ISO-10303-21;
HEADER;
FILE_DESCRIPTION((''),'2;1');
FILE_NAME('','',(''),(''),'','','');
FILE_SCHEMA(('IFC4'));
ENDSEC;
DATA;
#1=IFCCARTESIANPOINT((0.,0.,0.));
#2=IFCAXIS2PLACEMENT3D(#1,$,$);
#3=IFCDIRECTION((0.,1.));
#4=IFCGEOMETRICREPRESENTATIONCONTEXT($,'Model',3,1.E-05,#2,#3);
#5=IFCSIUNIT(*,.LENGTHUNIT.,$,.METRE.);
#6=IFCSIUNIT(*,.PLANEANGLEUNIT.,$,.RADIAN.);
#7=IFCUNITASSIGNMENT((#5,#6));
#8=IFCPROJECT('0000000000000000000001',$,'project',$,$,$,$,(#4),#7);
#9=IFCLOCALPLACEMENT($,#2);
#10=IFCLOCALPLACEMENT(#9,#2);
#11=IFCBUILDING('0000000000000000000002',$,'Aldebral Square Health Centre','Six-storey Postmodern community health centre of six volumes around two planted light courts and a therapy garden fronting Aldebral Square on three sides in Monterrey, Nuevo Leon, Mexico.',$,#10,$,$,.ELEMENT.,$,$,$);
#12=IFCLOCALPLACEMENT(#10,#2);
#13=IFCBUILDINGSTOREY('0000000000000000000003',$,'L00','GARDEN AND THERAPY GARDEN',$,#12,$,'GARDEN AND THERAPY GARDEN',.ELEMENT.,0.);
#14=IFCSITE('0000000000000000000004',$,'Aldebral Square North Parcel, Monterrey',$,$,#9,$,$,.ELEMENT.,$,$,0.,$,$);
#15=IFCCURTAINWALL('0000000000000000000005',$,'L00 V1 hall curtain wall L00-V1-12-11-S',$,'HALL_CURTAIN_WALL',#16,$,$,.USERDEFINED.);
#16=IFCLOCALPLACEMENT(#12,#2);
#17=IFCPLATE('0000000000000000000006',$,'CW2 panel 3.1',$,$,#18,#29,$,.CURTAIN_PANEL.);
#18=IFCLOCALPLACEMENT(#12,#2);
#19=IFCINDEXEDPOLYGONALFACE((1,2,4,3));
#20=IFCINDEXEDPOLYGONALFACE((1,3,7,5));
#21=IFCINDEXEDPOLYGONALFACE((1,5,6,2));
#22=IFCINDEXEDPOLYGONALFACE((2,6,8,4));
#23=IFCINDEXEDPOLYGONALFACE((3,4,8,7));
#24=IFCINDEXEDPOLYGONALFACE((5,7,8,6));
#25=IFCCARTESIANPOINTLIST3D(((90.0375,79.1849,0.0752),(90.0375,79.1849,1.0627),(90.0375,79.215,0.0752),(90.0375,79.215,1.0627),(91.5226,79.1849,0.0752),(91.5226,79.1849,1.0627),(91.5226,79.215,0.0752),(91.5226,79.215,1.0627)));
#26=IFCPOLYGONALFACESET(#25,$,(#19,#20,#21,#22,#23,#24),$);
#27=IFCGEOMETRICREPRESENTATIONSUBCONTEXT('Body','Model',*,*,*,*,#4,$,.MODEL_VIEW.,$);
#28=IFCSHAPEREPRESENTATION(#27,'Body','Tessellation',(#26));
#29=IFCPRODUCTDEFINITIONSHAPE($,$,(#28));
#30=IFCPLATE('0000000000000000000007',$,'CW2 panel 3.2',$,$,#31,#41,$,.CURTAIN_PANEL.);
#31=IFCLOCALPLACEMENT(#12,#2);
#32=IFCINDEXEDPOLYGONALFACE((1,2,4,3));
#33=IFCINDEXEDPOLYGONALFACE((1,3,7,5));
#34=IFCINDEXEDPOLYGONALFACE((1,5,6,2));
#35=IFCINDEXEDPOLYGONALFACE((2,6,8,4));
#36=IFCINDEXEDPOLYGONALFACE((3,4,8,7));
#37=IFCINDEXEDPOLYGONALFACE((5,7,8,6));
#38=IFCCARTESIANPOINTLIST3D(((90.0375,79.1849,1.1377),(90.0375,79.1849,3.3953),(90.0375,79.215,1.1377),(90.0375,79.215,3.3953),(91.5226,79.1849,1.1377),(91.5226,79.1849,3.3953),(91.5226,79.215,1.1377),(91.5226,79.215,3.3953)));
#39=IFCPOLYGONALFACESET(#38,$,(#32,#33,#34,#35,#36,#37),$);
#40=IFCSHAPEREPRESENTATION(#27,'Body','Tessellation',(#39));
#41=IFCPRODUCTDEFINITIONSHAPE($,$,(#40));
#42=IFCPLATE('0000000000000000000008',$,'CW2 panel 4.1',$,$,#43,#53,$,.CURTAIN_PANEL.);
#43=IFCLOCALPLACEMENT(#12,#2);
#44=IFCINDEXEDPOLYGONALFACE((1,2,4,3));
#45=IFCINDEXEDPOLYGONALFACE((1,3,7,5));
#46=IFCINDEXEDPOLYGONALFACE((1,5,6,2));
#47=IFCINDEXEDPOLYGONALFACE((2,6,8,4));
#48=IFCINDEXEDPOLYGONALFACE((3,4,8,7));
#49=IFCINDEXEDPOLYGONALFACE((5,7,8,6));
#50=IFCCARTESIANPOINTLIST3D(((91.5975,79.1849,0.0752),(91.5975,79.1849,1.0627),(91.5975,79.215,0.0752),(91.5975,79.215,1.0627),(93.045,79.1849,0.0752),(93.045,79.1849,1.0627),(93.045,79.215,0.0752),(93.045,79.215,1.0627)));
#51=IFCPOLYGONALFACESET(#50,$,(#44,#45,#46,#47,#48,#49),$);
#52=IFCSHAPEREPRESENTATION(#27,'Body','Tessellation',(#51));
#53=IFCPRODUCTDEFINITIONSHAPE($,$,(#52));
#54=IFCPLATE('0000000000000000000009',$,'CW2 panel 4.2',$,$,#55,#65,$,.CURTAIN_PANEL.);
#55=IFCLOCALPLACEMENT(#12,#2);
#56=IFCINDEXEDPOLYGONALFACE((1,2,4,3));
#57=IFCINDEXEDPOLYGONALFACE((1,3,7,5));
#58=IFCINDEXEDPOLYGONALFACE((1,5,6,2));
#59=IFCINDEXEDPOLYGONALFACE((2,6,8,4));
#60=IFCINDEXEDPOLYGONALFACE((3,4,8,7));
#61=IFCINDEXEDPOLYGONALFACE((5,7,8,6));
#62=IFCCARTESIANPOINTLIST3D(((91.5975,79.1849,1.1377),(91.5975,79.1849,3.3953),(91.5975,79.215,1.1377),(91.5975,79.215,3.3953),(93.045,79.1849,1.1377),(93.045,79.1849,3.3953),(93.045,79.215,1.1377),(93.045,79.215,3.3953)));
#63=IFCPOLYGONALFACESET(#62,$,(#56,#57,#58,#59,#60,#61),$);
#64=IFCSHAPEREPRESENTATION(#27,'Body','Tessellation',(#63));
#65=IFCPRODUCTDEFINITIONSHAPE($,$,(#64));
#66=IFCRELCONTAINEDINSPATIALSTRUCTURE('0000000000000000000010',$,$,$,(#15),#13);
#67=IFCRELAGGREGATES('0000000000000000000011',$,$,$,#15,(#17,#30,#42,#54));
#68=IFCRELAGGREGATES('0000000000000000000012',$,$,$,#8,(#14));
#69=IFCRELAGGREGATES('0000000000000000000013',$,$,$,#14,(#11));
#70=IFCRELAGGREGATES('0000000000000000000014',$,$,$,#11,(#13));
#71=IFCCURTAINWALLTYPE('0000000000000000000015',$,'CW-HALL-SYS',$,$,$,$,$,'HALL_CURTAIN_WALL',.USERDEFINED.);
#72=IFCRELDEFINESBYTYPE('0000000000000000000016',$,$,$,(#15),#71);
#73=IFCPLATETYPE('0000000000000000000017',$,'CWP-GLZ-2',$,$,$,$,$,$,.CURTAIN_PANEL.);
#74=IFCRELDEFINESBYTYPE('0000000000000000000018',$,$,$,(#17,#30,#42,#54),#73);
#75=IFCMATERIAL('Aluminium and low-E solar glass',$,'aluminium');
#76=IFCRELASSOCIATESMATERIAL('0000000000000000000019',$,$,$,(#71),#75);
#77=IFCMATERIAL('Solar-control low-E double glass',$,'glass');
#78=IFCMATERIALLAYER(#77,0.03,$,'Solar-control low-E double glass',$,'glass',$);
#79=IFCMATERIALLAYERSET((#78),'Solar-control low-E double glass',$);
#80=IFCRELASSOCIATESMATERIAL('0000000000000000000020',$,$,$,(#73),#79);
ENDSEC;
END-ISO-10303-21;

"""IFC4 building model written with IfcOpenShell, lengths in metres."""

from ifc_helpers import new_model, si_unit, direction, frame, origin, origin_2d, place, context, subcontext, project, spatial, rectangle, extrude, material, layer, layer_set, type_object, element, aggregate, save


model = new_model("IFC4")

# Units and contexts
model_context = context("Model", 3, precision=1e-05, world=origin(), true_north=direction((0.0, 1.0)))
body_context = subcontext(model_context, "Body", "Model", "MODEL_VIEW")
ifc_project = project(units=[si_unit("LENGTHUNIT", "METRE"), si_unit("PLANEANGLEUNIT", "RADIAN")], contexts=[model_context])

# Site, building, storey
site_placement = place(None, origin())
site = spatial("IfcSite", under=ifc_project, at=site_placement, Name="Aldebral Square North Parcel, Monterrey", CompositionType="ELEMENT", RefElevation=0.0)
building_placement = place(site_placement, origin())
building = spatial("IfcBuilding", under=site, at=building_placement, Name="Aldebral Square Health Centre", Description="Six-storey Postmodern community health centre of six volumes around two planted light courts and a therapy garden fronting Aldebral Square on three sides in Monterrey, Nuevo Leon, Mexico.", CompositionType="ELEMENT")
storey_placement = place(building_placement, origin())
storey = spatial("IfcBuildingStorey", under=building, at=storey_placement, Name="L00", Description="GARDEN AND THERAPY GARDEN", LongName="GARDEN AND THERAPY GARDEN", CompositionType="ELEMENT", Elevation=0.0)

# Curtain wall, plates
ifc_material_1 = material(Name="Aluminium and low-E solar glass", Category="aluminium")
curtain_wall_type = type_object("IfcCurtainWallType", Name="CW-HALL-SYS", ElementType="HALL_CURTAIN_WALL", PredefinedType="USERDEFINED", material=ifc_material_1)
curtain_wall_placement = place(storey_placement, origin())
curtain_wall = element("IfcCurtainWall", 1, at=curtain_wall_placement, inside=storey, type_object=curtain_wall_type, Name="L00 V1 hall curtain wall L00-V1-12-11-S", ObjectType="HALL_CURTAIN_WALL", PredefinedType="USERDEFINED")
ifc_material_2 = material(Name="Solar-control low-E double glass", Category="glass")
ifc_layer_1 = layer(ifc_material_2, 0.03, Name="Solar-control low-E double glass", Category="glass")
ifc_layer_set_1 = layer_set([ifc_layer_1], Name="Solar-control low-E double glass")
plate_type = type_object("IfcPlateType", Name="CWP-GLZ-2", PredefinedType="CURTAIN_PANEL", material=ifc_layer_set_1)
plate_1_placement = place(storey_placement, frame((90.78, 79.2, 0.0752), z_axis=(0.0, 0.0, 1.0), x_axis=(1.0, 0.0, 0.0)))
plate_1 = element("IfcPlate", 2, at=plate_1_placement, type_object=plate_type, Name="CW2 panel 3.1", PredefinedType="CURTAIN_PANEL", context=body_context, shape_type="SweptSolid", body=[
    extrude(rectangle(XDim=1.4851, YDim=0.03, at=origin_2d()), origin(), (0.0, 0.0, 1.0), 0.9875),
])
plate_2_placement = place(storey_placement, frame((90.78, 79.2, 1.1377), z_axis=(0.0, 0.0, 1.0), x_axis=(1.0, 0.0, 0.0)))
plate_2 = element("IfcPlate", 3, at=plate_2_placement, type_object=plate_type, Name="CW2 panel 3.2", PredefinedType="CURTAIN_PANEL", context=body_context, shape_type="SweptSolid", body=[
    extrude(rectangle(XDim=1.4851, YDim=0.03, at=origin_2d()), origin(), (0.0, 0.0, 1.0), 2.2576),
])
plate_3_placement = place(storey_placement, frame((92.3213, 79.2, 0.0752), z_axis=(0.0, 0.0, 1.0), x_axis=(1.0, 0.0, 0.0)))
plate_3 = element("IfcPlate", 4, at=plate_3_placement, type_object=plate_type, Name="CW2 panel 4.1", PredefinedType="CURTAIN_PANEL", context=body_context, shape_type="SweptSolid", body=[
    extrude(rectangle(XDim=1.4475, YDim=0.03, at=origin_2d()), origin(), (0.0, 0.0, 1.0), 0.9875),
])
plate_4_placement = place(storey_placement, frame((92.3213, 79.2, 1.1377), z_axis=(0.0, 0.0, 1.0), x_axis=(1.0, 0.0, 0.0)))
plate_4 = element("IfcPlate", 5, at=plate_4_placement, type_object=plate_type, Name="CW2 panel 4.2", PredefinedType="CURTAIN_PANEL", context=body_context, shape_type="SweptSolid", body=[
    extrude(rectangle(XDim=1.4475, YDim=0.03, at=origin_2d()), origin(), (0.0, 0.0, 1.0), 2.2576),
])
aggregate(curtain_wall, [plate_1, plate_2, plate_3, plate_4])

save(model, "model.ifc")
